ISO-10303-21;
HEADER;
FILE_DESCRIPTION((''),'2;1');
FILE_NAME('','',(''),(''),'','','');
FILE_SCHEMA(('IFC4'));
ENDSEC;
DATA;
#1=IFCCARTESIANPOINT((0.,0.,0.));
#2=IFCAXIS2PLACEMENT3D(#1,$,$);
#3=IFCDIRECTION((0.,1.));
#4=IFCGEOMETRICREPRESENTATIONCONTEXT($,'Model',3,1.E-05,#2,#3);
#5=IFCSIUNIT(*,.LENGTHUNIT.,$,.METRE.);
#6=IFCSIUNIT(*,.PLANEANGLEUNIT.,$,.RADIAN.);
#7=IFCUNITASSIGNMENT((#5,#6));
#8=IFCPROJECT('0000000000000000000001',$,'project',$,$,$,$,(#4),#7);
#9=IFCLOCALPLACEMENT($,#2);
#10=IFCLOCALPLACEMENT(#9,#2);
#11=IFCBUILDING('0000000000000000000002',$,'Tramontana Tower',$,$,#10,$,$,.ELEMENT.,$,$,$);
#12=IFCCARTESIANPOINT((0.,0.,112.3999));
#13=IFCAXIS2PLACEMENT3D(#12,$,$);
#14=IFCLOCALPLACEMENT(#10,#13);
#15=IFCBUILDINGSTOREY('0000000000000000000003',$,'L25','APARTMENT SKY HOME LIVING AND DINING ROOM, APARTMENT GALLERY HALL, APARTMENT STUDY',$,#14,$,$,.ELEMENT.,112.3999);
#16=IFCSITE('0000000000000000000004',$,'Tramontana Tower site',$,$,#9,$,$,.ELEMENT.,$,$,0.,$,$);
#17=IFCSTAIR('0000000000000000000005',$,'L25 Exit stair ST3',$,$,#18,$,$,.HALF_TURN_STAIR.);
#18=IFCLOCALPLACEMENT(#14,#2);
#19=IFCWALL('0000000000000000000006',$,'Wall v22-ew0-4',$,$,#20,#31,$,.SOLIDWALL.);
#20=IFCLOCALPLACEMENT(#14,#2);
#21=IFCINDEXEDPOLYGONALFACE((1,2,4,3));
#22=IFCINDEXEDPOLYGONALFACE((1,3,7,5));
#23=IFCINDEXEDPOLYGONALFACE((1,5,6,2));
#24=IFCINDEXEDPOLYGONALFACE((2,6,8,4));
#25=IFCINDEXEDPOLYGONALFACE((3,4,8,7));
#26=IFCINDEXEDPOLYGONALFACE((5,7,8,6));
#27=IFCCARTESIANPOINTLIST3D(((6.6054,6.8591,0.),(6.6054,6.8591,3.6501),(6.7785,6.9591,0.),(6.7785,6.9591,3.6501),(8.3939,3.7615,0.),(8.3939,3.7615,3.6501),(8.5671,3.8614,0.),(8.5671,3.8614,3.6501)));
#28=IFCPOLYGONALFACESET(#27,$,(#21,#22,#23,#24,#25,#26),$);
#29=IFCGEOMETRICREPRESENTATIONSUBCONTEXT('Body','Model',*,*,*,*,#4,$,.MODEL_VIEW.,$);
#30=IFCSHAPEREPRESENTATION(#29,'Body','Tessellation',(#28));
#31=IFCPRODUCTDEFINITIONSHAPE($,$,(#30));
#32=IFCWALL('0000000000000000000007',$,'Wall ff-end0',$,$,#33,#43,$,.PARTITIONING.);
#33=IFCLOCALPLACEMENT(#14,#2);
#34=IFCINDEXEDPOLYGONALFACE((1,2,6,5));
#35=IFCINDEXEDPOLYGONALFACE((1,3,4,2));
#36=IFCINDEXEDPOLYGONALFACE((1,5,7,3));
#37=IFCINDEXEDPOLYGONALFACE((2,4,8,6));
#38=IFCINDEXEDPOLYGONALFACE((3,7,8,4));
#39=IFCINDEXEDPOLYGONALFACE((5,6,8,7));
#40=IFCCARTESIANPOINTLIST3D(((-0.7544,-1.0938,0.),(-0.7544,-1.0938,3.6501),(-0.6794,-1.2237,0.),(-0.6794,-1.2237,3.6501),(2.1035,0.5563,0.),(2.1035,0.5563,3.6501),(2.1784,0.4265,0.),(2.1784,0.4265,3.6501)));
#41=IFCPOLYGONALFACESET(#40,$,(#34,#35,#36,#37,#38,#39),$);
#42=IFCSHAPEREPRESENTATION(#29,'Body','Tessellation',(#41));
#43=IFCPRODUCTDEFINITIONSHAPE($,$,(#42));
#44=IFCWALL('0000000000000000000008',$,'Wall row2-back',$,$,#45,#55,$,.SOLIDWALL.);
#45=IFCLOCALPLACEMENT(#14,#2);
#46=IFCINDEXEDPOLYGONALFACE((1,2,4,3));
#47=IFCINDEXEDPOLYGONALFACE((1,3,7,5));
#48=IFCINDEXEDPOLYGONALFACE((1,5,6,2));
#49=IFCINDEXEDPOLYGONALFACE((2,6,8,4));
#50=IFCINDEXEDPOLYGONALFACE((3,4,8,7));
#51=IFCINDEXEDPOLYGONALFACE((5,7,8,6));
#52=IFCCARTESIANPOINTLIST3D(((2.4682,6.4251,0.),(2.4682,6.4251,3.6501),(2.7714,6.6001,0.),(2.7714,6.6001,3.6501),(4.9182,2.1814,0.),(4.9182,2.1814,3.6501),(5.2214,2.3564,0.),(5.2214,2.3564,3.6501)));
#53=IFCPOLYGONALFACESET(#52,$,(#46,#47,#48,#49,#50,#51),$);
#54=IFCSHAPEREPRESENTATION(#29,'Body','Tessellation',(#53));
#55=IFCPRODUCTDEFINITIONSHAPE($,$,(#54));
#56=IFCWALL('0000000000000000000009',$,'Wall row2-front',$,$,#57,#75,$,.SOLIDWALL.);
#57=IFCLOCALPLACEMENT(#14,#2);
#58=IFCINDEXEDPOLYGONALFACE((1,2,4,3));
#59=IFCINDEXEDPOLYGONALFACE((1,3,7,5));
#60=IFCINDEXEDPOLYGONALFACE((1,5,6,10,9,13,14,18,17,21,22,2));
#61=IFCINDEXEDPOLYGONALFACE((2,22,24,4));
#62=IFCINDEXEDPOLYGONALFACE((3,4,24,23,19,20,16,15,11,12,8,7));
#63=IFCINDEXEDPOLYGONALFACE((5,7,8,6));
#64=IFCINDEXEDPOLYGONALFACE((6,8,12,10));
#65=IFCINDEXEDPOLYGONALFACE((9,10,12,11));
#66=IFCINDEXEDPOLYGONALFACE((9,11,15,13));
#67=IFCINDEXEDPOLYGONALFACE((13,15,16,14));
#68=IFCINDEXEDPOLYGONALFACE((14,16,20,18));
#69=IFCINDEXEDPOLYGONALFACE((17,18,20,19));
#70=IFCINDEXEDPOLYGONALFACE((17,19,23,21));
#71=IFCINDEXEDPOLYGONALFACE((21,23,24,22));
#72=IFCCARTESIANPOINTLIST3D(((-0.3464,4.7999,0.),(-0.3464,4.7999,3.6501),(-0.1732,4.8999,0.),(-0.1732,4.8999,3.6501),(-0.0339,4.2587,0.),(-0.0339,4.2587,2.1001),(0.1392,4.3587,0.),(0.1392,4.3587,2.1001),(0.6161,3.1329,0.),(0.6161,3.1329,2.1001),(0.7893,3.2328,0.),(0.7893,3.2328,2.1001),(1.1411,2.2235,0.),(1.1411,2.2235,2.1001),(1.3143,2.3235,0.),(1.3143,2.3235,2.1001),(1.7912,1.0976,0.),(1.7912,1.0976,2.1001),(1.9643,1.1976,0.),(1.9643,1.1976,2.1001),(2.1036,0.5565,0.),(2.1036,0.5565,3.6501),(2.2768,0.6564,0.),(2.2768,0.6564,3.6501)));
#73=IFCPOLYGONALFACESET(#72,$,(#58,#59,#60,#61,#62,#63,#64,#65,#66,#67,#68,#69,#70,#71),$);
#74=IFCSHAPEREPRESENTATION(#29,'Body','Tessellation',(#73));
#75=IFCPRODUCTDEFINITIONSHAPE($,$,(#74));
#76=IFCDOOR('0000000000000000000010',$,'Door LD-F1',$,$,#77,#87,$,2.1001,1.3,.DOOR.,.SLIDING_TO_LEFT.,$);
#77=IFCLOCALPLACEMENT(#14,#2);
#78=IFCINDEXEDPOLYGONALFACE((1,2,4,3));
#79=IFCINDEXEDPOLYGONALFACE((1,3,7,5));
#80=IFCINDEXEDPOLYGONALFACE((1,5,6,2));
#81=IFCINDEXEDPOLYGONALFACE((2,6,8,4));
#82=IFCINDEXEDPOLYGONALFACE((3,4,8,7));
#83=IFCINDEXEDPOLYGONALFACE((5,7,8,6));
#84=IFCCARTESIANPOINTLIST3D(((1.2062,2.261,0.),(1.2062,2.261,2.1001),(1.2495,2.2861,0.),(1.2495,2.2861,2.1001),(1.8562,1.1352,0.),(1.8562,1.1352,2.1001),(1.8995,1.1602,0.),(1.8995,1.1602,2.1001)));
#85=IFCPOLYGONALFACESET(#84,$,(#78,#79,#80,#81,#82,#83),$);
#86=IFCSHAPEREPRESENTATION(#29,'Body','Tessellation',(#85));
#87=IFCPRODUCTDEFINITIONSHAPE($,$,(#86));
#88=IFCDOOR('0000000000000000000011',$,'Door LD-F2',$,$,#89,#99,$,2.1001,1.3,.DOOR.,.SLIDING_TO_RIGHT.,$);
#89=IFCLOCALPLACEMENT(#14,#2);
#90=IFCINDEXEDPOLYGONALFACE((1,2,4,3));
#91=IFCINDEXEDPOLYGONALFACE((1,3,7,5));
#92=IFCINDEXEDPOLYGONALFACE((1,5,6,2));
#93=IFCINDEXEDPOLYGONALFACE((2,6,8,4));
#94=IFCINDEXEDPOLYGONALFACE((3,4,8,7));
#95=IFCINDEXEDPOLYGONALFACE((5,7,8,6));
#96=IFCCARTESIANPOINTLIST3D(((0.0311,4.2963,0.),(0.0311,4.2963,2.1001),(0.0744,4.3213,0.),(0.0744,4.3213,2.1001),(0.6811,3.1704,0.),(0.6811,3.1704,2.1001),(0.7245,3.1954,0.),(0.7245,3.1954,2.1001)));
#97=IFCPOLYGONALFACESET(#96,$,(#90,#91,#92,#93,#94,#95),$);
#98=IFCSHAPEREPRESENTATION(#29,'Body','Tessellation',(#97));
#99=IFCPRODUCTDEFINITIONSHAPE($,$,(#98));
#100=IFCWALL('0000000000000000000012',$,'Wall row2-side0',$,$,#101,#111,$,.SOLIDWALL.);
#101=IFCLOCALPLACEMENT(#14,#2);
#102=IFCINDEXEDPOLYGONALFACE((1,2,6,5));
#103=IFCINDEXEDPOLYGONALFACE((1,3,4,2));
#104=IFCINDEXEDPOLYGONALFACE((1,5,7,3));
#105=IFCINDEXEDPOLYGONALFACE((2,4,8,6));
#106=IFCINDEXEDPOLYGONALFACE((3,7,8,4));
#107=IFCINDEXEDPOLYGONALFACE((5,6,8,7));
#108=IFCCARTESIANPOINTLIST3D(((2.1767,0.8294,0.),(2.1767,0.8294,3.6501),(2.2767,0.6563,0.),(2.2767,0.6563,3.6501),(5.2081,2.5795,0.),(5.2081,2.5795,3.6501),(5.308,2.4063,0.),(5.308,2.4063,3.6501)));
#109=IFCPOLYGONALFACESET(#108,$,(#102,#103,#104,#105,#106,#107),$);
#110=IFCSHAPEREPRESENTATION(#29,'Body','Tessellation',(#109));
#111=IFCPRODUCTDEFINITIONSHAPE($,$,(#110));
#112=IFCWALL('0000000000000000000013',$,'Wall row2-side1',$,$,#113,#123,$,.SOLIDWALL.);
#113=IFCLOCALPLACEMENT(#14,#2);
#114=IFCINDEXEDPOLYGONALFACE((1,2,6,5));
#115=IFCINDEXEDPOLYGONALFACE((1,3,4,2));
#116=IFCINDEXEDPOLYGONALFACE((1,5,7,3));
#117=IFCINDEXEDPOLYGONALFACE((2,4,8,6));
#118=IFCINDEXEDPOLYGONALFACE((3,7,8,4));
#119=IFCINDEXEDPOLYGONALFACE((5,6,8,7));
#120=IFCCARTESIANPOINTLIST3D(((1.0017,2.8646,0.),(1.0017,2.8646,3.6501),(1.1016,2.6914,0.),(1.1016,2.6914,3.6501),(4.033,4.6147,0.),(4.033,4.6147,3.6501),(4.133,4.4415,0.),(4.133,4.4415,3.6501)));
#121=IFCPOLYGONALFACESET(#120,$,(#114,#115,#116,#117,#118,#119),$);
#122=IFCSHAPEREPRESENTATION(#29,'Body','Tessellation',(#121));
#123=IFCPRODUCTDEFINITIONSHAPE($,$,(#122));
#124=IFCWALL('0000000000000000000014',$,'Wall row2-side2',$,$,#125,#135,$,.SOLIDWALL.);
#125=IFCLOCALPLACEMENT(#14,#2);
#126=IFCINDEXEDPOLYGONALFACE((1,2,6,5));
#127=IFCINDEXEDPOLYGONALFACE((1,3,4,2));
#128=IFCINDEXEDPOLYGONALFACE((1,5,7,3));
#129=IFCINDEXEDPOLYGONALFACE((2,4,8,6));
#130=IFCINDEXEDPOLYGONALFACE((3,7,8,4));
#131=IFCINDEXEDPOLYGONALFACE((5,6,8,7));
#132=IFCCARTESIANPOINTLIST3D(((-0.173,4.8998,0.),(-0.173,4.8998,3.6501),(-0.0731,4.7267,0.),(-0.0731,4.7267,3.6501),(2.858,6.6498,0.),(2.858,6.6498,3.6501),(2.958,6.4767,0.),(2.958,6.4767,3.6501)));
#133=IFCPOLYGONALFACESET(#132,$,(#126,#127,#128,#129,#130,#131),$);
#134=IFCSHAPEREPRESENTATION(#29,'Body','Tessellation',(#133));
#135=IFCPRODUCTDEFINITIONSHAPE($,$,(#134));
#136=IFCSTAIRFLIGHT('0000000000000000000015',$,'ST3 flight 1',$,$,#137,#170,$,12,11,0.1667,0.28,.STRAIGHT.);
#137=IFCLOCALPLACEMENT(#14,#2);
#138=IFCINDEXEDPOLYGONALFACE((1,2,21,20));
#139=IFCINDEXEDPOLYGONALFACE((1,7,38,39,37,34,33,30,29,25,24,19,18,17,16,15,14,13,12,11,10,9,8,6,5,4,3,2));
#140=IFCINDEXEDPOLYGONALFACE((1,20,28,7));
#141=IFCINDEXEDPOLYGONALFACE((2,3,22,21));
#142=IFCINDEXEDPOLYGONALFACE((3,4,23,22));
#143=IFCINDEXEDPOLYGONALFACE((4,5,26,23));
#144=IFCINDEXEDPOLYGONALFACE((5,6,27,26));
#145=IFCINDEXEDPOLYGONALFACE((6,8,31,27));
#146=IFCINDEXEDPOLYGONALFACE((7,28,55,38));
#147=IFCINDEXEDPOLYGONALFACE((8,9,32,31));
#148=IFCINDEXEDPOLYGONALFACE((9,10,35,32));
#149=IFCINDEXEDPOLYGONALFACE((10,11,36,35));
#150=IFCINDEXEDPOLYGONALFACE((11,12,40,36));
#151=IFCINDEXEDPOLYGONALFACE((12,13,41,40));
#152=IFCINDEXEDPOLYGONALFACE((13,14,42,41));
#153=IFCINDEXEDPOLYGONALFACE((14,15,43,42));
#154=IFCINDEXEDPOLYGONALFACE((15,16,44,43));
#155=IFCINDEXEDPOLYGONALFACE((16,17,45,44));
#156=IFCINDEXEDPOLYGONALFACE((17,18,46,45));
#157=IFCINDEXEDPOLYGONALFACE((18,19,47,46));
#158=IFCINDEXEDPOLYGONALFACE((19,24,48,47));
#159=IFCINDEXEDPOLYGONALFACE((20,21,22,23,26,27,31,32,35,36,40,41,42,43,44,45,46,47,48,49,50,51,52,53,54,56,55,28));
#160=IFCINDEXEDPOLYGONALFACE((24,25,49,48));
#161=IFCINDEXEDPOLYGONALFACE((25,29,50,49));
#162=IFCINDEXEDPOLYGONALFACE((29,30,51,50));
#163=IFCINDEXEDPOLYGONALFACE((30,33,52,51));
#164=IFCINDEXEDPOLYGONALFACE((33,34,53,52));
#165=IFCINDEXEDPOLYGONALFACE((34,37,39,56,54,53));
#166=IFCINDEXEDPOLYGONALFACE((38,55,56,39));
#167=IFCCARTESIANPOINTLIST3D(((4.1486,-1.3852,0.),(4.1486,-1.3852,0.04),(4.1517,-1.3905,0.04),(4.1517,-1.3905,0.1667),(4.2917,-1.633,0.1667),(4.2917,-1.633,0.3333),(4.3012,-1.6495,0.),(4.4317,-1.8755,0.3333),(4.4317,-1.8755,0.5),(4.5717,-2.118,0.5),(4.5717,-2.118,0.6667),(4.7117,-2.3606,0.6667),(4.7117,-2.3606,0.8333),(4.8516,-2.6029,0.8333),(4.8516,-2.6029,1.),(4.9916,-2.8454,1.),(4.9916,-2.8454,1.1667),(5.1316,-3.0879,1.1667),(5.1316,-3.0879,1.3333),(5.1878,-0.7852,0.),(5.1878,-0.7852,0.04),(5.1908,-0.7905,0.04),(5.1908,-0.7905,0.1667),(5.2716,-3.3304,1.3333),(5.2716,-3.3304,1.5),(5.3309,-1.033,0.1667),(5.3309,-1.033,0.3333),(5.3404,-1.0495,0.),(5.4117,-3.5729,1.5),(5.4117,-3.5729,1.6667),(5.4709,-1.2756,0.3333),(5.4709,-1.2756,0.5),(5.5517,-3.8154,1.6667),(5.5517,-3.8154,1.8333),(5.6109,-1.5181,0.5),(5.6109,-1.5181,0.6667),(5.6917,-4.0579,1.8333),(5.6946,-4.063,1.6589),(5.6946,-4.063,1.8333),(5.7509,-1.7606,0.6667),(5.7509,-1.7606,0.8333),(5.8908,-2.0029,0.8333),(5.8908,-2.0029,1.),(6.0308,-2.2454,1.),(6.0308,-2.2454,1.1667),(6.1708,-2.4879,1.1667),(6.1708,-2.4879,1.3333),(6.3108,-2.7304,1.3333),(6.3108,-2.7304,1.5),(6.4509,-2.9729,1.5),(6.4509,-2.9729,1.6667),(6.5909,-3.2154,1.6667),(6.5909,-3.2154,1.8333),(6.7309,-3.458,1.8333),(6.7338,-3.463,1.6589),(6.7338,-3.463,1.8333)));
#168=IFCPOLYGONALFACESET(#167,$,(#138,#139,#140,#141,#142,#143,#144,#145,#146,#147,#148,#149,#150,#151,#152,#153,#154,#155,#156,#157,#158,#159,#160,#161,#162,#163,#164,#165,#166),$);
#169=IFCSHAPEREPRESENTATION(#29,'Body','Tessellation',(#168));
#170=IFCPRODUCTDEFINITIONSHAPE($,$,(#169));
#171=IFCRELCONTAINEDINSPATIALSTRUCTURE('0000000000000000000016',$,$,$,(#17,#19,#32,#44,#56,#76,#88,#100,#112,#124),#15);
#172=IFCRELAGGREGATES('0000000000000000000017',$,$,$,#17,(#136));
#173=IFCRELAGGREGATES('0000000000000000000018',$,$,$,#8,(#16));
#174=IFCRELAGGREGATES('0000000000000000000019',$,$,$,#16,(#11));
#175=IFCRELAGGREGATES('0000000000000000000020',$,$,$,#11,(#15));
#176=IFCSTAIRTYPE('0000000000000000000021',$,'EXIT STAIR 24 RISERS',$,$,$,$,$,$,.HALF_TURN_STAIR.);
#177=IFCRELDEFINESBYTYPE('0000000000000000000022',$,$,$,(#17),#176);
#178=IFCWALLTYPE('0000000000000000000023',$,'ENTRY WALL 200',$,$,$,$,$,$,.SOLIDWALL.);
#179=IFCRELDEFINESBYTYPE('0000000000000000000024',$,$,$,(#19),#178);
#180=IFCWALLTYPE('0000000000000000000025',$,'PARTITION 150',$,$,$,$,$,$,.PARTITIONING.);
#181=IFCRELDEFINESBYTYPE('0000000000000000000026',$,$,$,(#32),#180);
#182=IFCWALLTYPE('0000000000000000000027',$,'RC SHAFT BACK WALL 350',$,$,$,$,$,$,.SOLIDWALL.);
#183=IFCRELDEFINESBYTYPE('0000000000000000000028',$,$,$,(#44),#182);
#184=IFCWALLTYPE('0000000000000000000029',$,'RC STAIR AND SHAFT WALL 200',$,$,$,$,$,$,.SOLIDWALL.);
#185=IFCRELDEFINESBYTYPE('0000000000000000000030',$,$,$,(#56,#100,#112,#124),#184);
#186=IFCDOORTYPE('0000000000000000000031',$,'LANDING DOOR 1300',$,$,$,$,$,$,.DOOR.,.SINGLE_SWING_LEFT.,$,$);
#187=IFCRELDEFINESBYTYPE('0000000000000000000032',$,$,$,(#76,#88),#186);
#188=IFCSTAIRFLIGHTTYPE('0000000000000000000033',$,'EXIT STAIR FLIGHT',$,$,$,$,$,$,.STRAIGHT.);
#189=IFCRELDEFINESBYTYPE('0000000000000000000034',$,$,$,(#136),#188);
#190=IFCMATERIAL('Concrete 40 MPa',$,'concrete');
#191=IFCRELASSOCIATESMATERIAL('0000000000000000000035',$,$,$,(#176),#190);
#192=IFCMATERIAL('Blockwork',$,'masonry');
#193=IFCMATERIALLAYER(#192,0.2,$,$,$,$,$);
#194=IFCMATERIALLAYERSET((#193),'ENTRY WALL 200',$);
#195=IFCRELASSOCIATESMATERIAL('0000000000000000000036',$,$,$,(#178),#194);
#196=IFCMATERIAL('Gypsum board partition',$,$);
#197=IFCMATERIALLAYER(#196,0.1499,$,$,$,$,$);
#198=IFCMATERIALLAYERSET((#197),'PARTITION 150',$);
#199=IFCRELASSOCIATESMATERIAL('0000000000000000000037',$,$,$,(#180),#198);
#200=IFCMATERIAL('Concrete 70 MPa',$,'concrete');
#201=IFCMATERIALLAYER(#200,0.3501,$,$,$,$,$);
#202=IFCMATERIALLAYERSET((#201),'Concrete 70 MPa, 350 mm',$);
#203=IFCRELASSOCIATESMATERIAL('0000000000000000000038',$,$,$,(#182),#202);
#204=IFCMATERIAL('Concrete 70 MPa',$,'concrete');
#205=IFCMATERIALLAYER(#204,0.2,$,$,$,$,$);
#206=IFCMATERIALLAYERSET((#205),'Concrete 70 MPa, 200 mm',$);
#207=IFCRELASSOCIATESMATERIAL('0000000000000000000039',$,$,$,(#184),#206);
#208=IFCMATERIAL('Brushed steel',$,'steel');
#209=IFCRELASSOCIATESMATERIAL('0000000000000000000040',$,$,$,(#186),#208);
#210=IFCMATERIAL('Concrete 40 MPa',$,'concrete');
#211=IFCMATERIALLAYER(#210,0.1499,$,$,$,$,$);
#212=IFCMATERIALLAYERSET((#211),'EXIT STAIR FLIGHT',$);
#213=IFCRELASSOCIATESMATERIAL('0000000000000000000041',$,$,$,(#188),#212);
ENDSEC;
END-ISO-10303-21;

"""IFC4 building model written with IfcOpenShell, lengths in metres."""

from ifc_helpers import new_model, si_unit, direction, frame, frame_2d, origin, place, context, subcontext, project, spatial, polyline, rectangle, outline, extrude, material, layer, layer_set, type_object, element, fill, aggregate, save


model = new_model("IFC4")

# Units and contexts
model_context = context("Model", 3, precision=1e-05, world=origin(), true_north=direction((0.0, 1.0)))
body_context = subcontext(model_context, "Body", "Model", "MODEL_VIEW")
ifc_project = project(units=[si_unit("LENGTHUNIT", "METRE"), si_unit("PLANEANGLEUNIT", "RADIAN")], contexts=[model_context])

# Site, building, storey
site_placement = place(None, origin())
site = spatial("IfcSite", under=ifc_project, at=site_placement, Name="Tramontana Tower site", CompositionType="ELEMENT", RefElevation=0.0)
building_placement = place(site_placement, origin())
building = spatial("IfcBuilding", under=site, at=building_placement, Name="Tramontana Tower", CompositionType="ELEMENT")
storey_placement = place(building_placement, frame((0.0, 0.0, 112.3999)))
storey = spatial("IfcBuildingStorey", under=building, at=storey_placement, Name="L25", Description="APARTMENT SKY HOME LIVING AND DINING ROOM, APARTMENT GALLERY HALL, APARTMENT STUDY", CompositionType="ELEMENT", Elevation=112.3999)

# Stair
ifc_material_1 = material(Name="Concrete 40 MPa", Category="concrete")
stair_type = type_object("IfcStairType", Name="EXIT STAIR 24 RISERS", PredefinedType="HALF_TURN_STAIR", material=ifc_material_1)
stair_1_placement = place(storey_placement, origin())
stair_1 = element("IfcStair", 1, at=stair_1_placement, inside=storey, type_object=stair_type, Name="L25 Exit stair ST3", PredefinedType="HALF_TURN_STAIR")

# Wall
ifc_material_2 = material(Name="Blockwork", Category="masonry")
ifc_layer_1 = layer(ifc_material_2, 0.2)
ifc_layer_set_1 = layer_set([ifc_layer_1], Name="ENTRY WALL 200")
wall_type_1 = type_object("IfcWallType", Name="ENTRY WALL 200", PredefinedType="SOLIDWALL", material=ifc_layer_set_1)
wall_1_placement = place(storey_placement, frame((6.6919, 6.9092, 0.0), z_axis=(0.0, 0.0, 1.0), x_axis=(0.50003, -0.866008, 0.0)))
element("IfcWall", 2, at=wall_1_placement, inside=storey, type_object=wall_type_1, Name="Wall v22-ew0-4", PredefinedType="SOLIDWALL", context=body_context, shape_type="SweptSolid", body=[
    extrude(rectangle(XDim=3.5769, YDim=0.2, at=frame_2d((1.7886, 0.0))), origin(), (0.0, 0.0, 1.0), 3.6501),
])

# Shared definitions
ifc_material_3 = material(Name="Gypsum board partition")
ifc_layer_2 = layer(ifc_material_3, 0.1499)
ifc_layer_set_2 = layer_set([ifc_layer_2], Name="PARTITION 150")
wall_type_2 = type_object("IfcWallType", Name="PARTITION 150", PredefinedType="PARTITIONING", material=ifc_layer_set_2)

# Walls
wall_2_placement = place(storey_placement, frame((-0.7168, -1.1587, 0.0), z_axis=(0.0, 0.0, 1.0), x_axis=(0.866008, 0.50003, 0.0)))
element("IfcWall", 3, at=wall_2_placement, inside=storey, type_object=wall_type_2, Name="Wall ff-end0", PredefinedType="PARTITIONING", context=body_context, shape_type="SweptSolid", body=[
    extrude(rectangle(XDim=3.3, YDim=0.1499, at=frame_2d((1.6499, 0.0))), origin(), (0.0, 0.0, 1.0), 3.6501),
])
ifc_material_4 = material(Name="Concrete 70 MPa", Category="concrete")
ifc_layer_3 = layer(ifc_material_4, 0.3501)
ifc_layer_set_3 = layer_set([ifc_layer_3], Name="Concrete 70 MPa, 350 mm")
wall_type_3 = type_object("IfcWallType", Name="RC SHAFT BACK WALL 350", PredefinedType="SOLIDWALL", material=ifc_layer_set_3)
wall_3_placement = place(storey_placement, frame((5.0698, 2.2688, 0.0), z_axis=(0.0, 0.0, 1.0), x_axis=(-0.499981, 0.866036, 0.0)))
element("IfcWall", 4, at=wall_3_placement, inside=storey, type_object=wall_type_3, Name="Wall row2-back", PredefinedType="SOLIDWALL", context=body_context, shape_type="SweptSolid", body=[
    extrude(rectangle(XDim=4.9001, YDim=0.3501, at=frame_2d((2.4502, 0.0))), origin(), (0.0, 0.0, 1.0), 3.6501),
])

# Shared definitions
ifc_material_5 = material(Name="Concrete 70 MPa", Category="concrete")
ifc_layer_4 = layer(ifc_material_5, 0.2)
ifc_layer_set_4 = layer_set([ifc_layer_4], Name="Concrete 70 MPa, 200 mm")
wall_type_4 = type_object("IfcWallType", Name="RC STAIR AND SHAFT WALL 200", PredefinedType="SOLIDWALL", material=ifc_layer_set_4)

# Wall, openings, doors
wall_4_placement = place(storey_placement, frame((2.1902, 0.6064, 0.0), z_axis=(0.0, 0.0, 1.0), x_axis=(-0.500003, 0.866024, 0.0)))
wall_4 = element("IfcWall", 5, at=wall_4_placement, inside=storey, type_object=wall_type_4, Name="Wall row2-front", PredefinedType="SOLIDWALL", context=body_context, shape_type="SweptSolid", body=[
    extrude(rectangle(XDim=4.8999, YDim=0.2, at=frame_2d((2.45, 0.0))), origin(), (0.0, 0.0, 1.0), 3.6501),
])
opening_1_placement = place(wall_4_placement, frame((0.625, 0.0, 0.0)))
opening_1 = element("IfcOpeningElement", 6, at=opening_1_placement, cuts=wall_4, PredefinedType="OPENING", context=body_context, shape_type="SweptSolid", body=[
    extrude(rectangle(XDim=1.3, YDim=2.1001, at=frame_2d((0.6499, 1.05))), frame((0.0, 0.1099, 0.0), z_axis=(0.0, -1.0, 0.0), x_axis=(1.0, 0.0, 0.0)), (0.0, 0.0, 1.0), 0.22),
])
opening_2_placement = place(wall_4_placement, frame((2.9751, 0.0, 0.0)))
opening_2 = element("IfcOpeningElement", 7, at=opening_2_placement, cuts=wall_4, PredefinedType="OPENING", context=body_context, shape_type="SweptSolid", body=[
    extrude(rectangle(XDim=1.3, YDim=2.1001, at=frame_2d((0.6499, 1.05))), frame((0.0, 0.1099, 0.0), z_axis=(0.0, -1.0, 0.0), x_axis=(1.0, 0.0, 0.0)), (0.0, 0.0, 1.0), 0.22),
])
ifc_material_6 = material(Name="Brushed steel", Category="steel")
door_type_1 = type_object("IfcDoorType", Name="LANDING DOOR 1300", OperationType="SINGLE_SWING_LEFT", PredefinedType="DOOR", material=ifc_material_6)
door_1_placement = place(opening_1_placement, origin())
door_1 = element("IfcDoor", 8, at=door_1_placement, inside=storey, type_object=door_type_1, Name="Door LD-F1", OperationType="SLIDING_TO_LEFT", OverallHeight=2.1001, OverallWidth=1.3, PredefinedType="DOOR", context=body_context, shape_type="SweptSolid", body=[
    extrude(rectangle(XDim=1.3, YDim=2.1001, at=frame_2d((0.6499, 1.05))), frame((0.0, 0.0249, 0.0), z_axis=(0.0, -1.0, 0.0), x_axis=(1.0, 0.0, 0.0)), (0.0, 0.0, 1.0), 0.05),
])
fill(opening_1, door_1)
door_2_placement = place(opening_2_placement, origin())
door_2 = element("IfcDoor", 9, at=door_2_placement, inside=storey, type_object=door_type_1, Name="Door LD-F2", OperationType="SLIDING_TO_RIGHT", OverallHeight=2.1001, OverallWidth=1.3, PredefinedType="DOOR", context=body_context, shape_type="SweptSolid", body=[
    extrude(rectangle(XDim=1.3, YDim=2.1001, at=frame_2d((0.6499, 1.05))), frame((0.0, 0.0249, 0.0), z_axis=(0.0, -1.0, 0.0), x_axis=(1.0, 0.0, 0.0)), (0.0, 0.0, 1.0), 0.05),
])
fill(opening_2, door_2)

# Walls
for number, where, z_axis, x_axis, name in (
    (10, (2.2268, 0.7429, 0.0), (0.0, 0.0, 1.0), (0.866037, 0.49998, 0.0), "Wall row2-side0"),
    (11, (1.0518, 2.7781, 0.0), (0.0, 0.0, 1.0), (0.866037, 0.49998, 0.0), "Wall row2-side1"),
):
    element("IfcWall", number, at=place(storey_placement, frame(where, z_axis=z_axis, x_axis=x_axis)), inside=storey, type_object=wall_type_4, Name=name, PredefinedType="SOLIDWALL", context=body_context, shape_type="SweptSolid", body=[
        extrude(rectangle(XDim=3.5002, YDim=0.2, at=frame_2d((1.75, 0.0))), origin(), (0.0, 0.0, 1.0), 3.6501),
    ])
wall_5_placement = place(storey_placement, frame((-0.123, 4.8132, 0.0), z_axis=(0.0, 0.0, 1.0), x_axis=(0.866019, 0.50001, 0.0)))
element("IfcWall", 12, at=wall_5_placement, inside=storey, type_object=wall_type_4, Name="Wall row2-side2", PredefinedType="SOLIDWALL", context=body_context, shape_type="SweptSolid", body=[
    extrude(rectangle(XDim=3.5, YDim=0.2, at=frame_2d((1.75, 0.0))), origin(), (0.0, 0.0, 1.0), 3.6501),
])

# Stair flight
ifc_material_7 = material(Name="Concrete 40 MPa", Category="concrete")
ifc_layer_5 = layer(ifc_material_7, 0.1499)
ifc_layer_set_5 = layer_set([ifc_layer_5], Name="EXIT STAIR FLIGHT")
stair_flight_type = type_object("IfcStairFlightType", Name="EXIT STAIR FLIGHT", PredefinedType="STRAIGHT", material=ifc_layer_set_5)
stair_flight_placement = place(storey_placement, frame((4.6711, -1.0906, 0.0), z_axis=(0.0, 0.0, 1.0), x_axis=(0.5, -0.866025, 0.0)))
stair_flight = element("IfcStairFlight", 13, at=stair_flight_placement, type_object=stair_flight_type, Name="ST3 flight 1", NumberOfRisers=12, NumberOfTreads=11, PredefinedType="STRAIGHT", RiserHeight=0.1667, TreadLength=0.28, context=body_context, shape_type="SweptSolid", body=[
    extrude(outline(polyline([(-0.0061, 0.0), (-0.0061, 0.04), (0.0, 0.04), (0.0, 0.1667), (0.28, 0.1667), (0.28, 0.3333), (0.5601, 0.3333), (0.5601, 0.5), (0.8401, 0.5), (0.8401, 0.6667), (1.1201, 0.6667), (1.1201, 0.8333), (1.3999, 0.8333), (1.3999, 1.0), (1.6799, 1.0), (1.6799, 1.1667), (1.96, 1.1667), (1.96, 1.3333), (2.24, 1.3333), (2.24, 1.5), (2.52, 1.5), (2.52, 1.6667), (2.8, 1.6667), (2.8, 1.8333), (3.0801, 1.8333), (3.0859, 1.8333), (3.0859, 1.6589), (0.2991, 0.0), (-0.0061, 0.0)])), frame((0.0, 0.6001, 0.0), z_axis=(0.0, -1.0, 0.0), x_axis=(1.0, 0.0, 0.0)), (0.0, 0.0, 1.0), 1.2),
])
aggregate(stair_1, [stair_flight])

save(model, "model.ifc")
